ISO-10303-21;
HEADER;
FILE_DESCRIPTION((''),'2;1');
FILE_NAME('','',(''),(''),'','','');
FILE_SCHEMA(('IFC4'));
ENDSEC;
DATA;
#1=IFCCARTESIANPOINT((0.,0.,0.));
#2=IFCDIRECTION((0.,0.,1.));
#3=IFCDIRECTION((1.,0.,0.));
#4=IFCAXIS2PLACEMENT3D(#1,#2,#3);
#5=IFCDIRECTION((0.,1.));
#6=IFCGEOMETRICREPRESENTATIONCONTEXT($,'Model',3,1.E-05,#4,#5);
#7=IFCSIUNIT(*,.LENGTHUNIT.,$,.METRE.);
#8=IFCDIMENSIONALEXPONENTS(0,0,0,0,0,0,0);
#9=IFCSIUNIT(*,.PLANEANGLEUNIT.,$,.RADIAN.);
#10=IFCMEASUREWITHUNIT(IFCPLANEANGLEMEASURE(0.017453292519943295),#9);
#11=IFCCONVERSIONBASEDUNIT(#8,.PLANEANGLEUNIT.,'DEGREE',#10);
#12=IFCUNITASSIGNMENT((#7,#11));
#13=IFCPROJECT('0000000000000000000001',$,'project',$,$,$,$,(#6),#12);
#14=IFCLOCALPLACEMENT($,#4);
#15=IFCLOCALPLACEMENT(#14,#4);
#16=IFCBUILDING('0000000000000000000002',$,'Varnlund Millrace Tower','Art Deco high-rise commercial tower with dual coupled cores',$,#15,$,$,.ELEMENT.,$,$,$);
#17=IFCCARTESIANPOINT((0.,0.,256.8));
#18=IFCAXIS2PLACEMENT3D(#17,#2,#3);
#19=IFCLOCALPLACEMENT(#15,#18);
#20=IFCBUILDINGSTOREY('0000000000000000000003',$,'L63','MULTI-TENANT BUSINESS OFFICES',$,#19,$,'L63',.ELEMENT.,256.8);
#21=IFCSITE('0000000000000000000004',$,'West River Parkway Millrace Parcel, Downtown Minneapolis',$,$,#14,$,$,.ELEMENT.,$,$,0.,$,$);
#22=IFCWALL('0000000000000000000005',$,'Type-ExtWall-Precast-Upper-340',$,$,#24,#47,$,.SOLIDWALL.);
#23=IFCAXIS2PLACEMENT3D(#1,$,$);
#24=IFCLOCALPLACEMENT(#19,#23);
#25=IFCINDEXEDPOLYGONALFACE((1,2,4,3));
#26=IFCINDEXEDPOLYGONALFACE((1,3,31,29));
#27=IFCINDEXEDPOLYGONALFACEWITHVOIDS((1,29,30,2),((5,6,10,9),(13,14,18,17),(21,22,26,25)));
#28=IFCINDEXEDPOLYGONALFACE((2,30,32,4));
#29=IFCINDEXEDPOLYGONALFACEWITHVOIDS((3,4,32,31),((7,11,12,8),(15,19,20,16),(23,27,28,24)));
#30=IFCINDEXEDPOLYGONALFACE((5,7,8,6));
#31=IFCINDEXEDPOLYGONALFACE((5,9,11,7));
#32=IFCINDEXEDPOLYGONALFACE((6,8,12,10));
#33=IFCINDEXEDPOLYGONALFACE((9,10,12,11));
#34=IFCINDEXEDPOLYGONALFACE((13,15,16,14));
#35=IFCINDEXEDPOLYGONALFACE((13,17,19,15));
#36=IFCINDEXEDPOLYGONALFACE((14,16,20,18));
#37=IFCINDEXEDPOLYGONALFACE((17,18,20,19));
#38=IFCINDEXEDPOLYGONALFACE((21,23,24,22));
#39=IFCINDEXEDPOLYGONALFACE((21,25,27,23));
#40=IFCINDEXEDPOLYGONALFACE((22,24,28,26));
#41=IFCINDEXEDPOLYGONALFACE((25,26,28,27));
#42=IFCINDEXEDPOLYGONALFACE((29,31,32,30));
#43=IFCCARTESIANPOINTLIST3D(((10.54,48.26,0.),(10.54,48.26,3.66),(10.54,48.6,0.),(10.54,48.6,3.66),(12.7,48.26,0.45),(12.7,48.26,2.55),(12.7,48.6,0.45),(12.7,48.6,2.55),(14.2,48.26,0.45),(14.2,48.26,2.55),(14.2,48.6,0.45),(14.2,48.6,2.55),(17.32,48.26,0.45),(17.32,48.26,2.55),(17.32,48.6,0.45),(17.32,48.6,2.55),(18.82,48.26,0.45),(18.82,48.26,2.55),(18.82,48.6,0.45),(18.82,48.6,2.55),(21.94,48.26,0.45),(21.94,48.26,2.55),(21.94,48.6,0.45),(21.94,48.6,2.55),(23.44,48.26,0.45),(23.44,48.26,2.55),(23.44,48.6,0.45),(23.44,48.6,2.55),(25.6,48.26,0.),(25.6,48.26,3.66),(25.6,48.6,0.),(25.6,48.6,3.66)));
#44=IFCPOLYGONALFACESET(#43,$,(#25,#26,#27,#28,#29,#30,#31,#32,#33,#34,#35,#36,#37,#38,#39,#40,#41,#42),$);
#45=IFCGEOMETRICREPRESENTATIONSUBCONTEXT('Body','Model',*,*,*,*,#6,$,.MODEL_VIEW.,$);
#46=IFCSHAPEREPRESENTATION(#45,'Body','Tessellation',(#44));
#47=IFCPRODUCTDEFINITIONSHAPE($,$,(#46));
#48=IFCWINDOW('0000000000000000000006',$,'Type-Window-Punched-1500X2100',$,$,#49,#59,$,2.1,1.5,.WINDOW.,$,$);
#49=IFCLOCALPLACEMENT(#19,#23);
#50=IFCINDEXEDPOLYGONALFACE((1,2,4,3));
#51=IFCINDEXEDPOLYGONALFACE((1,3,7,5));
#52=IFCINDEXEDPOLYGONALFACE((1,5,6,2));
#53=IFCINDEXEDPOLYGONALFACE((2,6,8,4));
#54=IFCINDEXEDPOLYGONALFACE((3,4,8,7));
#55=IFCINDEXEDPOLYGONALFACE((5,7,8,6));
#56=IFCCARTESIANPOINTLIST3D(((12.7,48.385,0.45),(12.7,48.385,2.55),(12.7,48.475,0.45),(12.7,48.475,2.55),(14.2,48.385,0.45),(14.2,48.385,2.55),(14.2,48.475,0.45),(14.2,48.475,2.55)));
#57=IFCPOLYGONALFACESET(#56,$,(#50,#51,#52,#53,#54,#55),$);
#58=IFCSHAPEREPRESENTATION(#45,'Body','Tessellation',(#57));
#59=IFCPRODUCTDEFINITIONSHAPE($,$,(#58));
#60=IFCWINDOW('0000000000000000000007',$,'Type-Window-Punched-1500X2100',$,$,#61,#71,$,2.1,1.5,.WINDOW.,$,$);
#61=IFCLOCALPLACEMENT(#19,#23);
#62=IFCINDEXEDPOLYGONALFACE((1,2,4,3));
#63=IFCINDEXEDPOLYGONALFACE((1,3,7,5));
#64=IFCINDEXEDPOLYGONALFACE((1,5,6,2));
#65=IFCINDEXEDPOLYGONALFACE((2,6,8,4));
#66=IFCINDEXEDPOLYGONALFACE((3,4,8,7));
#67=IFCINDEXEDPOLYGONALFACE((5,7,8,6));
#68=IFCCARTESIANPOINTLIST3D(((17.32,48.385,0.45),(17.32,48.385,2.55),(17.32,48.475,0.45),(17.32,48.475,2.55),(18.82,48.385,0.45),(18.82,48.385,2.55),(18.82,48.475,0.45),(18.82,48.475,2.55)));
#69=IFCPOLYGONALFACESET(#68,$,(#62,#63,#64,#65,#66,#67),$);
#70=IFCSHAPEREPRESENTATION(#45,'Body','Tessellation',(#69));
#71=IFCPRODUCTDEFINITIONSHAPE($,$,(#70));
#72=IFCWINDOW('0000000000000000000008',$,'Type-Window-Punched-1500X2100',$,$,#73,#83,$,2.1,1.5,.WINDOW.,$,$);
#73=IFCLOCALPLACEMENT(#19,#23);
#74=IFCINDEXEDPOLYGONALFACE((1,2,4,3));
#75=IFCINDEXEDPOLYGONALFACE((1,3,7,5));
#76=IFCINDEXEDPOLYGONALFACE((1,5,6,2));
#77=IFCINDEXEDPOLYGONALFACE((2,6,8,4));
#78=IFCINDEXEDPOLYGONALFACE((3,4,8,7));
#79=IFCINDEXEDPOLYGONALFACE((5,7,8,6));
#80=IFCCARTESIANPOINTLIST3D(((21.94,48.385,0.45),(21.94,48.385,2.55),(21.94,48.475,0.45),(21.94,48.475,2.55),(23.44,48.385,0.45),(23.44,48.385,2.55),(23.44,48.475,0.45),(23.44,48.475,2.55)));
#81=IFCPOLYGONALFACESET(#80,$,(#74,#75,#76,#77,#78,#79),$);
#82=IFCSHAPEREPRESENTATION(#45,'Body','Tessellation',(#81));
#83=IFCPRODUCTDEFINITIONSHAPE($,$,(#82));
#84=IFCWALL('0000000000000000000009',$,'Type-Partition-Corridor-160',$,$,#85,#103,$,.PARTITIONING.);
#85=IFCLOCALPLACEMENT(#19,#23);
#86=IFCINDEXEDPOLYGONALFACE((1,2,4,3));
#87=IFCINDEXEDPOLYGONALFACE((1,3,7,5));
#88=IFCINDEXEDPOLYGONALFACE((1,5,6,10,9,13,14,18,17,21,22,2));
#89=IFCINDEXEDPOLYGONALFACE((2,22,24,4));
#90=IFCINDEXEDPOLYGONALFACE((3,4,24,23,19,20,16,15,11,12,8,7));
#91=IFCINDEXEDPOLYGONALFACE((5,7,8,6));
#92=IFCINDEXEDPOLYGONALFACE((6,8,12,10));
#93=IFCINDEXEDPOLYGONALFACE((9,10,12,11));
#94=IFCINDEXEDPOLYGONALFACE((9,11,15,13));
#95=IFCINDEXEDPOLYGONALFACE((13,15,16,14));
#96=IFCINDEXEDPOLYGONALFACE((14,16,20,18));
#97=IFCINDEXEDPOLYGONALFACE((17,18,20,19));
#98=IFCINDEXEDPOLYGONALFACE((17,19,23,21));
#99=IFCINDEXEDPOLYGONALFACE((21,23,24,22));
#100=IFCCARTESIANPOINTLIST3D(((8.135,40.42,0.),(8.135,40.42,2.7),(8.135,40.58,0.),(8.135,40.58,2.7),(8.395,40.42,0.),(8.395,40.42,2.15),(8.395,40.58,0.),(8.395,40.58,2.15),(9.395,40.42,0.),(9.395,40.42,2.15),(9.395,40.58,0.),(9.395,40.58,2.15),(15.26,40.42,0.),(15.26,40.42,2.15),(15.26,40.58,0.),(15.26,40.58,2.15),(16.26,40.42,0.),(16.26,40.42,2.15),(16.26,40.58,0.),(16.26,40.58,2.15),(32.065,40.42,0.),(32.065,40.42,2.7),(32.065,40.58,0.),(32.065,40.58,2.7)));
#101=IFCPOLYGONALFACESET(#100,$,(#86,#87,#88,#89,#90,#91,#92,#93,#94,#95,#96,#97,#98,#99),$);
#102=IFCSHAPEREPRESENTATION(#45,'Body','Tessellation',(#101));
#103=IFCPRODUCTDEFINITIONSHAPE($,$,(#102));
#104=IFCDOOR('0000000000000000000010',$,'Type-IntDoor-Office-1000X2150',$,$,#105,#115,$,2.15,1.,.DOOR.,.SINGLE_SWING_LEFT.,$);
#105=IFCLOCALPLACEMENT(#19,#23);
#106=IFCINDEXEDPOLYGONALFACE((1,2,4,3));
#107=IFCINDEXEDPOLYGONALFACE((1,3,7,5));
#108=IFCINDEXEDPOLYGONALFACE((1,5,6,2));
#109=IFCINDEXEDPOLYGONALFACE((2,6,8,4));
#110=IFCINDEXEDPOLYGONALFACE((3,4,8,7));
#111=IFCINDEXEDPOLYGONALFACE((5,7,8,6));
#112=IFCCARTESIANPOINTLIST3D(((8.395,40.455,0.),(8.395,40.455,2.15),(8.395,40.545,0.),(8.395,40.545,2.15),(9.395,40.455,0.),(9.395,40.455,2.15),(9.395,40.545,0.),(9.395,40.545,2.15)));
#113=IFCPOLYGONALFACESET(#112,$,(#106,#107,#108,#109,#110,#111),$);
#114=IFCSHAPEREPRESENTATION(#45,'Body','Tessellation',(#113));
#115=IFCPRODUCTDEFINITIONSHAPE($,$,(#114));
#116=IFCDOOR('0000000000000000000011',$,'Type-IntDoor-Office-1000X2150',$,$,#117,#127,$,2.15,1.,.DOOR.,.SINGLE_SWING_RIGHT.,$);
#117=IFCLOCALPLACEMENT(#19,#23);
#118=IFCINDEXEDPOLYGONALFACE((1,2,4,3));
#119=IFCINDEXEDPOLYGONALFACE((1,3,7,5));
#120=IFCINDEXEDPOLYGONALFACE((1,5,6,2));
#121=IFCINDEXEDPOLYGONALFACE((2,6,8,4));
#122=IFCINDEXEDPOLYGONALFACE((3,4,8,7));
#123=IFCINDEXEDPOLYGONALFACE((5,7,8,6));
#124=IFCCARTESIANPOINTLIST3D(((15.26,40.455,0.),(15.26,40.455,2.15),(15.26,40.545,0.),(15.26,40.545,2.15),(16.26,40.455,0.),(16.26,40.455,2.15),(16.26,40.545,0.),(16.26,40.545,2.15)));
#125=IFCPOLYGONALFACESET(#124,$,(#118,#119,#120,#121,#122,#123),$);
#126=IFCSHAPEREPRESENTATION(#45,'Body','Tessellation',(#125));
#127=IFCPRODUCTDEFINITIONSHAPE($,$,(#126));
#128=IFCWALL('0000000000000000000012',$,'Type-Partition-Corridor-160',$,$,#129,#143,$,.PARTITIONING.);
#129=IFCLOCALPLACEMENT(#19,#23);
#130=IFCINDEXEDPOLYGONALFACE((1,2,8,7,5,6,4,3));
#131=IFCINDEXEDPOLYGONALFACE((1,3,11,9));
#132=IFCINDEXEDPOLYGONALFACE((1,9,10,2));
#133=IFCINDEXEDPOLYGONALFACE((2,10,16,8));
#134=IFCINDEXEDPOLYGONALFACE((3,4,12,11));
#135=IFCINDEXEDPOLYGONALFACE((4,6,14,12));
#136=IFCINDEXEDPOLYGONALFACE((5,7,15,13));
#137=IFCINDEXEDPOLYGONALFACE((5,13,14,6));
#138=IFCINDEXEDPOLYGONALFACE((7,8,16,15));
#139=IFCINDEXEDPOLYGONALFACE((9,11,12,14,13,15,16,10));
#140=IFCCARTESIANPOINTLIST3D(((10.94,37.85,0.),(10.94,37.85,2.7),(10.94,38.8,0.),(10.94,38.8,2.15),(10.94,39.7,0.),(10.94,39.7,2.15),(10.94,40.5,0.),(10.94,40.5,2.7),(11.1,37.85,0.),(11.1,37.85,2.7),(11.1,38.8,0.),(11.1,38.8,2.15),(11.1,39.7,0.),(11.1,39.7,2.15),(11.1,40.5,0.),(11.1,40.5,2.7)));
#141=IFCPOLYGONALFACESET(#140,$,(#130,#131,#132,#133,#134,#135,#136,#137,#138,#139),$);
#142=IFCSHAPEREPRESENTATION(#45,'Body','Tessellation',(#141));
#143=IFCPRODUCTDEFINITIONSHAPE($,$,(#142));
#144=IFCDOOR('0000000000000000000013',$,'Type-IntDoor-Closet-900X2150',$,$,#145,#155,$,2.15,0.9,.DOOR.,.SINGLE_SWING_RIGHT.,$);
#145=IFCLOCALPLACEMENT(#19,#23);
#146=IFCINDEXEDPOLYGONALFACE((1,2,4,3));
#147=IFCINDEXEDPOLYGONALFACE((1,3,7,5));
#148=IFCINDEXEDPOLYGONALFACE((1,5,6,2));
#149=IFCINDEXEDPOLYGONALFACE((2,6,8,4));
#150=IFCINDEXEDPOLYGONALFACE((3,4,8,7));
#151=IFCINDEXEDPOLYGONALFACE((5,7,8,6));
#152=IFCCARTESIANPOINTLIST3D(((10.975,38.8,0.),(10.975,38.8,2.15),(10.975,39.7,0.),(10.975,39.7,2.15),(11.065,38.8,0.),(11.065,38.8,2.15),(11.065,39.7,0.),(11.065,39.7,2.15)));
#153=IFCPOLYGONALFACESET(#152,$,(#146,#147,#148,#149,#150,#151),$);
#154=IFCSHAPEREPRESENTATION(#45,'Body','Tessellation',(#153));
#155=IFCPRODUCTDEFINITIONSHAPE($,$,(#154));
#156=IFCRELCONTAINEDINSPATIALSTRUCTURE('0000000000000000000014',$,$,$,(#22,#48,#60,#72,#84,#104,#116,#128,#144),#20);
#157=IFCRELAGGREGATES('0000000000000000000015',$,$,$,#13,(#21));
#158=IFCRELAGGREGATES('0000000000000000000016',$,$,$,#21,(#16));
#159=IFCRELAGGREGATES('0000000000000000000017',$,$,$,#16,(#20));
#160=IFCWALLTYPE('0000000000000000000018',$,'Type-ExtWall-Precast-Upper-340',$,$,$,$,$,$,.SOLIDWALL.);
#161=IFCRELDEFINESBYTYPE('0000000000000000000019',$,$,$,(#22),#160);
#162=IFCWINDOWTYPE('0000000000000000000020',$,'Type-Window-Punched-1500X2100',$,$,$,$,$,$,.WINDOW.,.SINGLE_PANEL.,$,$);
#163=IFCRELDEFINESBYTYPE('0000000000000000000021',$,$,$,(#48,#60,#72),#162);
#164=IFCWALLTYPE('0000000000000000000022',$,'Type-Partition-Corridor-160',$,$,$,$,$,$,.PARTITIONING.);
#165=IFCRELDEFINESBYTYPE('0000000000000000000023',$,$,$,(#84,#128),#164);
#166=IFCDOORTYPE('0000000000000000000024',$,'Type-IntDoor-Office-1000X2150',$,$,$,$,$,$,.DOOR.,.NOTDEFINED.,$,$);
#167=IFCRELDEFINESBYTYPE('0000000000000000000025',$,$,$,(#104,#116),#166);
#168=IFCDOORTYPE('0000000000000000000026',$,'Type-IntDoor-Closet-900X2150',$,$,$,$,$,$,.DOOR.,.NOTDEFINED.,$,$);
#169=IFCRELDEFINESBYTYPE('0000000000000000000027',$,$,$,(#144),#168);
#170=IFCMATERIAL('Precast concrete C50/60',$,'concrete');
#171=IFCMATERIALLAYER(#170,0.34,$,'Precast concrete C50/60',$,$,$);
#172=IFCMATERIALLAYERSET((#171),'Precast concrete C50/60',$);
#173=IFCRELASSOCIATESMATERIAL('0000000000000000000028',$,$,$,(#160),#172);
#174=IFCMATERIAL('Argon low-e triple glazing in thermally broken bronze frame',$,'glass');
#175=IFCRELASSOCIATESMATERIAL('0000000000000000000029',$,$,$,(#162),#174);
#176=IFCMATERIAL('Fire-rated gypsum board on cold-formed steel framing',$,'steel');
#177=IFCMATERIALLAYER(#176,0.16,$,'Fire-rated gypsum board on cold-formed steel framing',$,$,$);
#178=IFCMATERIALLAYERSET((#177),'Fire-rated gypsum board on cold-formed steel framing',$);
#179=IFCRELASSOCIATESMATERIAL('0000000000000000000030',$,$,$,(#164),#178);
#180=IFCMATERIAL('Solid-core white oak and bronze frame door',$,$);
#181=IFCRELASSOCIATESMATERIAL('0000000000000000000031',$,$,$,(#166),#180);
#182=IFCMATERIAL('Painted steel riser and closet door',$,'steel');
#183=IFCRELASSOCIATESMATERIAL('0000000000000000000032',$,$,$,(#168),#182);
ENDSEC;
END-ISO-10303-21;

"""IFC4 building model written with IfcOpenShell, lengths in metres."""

from ifc_helpers import new_model, entity, si_unit, converted_unit, direction, frame, origin_with_axes, origin_2d_with_axis, place, context, subcontext, project, spatial, polyline, rectangle, outline, extrude, material, layer, layer_set, type_object, element, fill, save


model = new_model("IFC4")

# Units and contexts
model_context = context("Model", 3, precision=1e-05, world=origin_with_axes(), true_north=direction((0.0, 1.0)))
body_context = subcontext(model_context, "Body", "Model", "MODEL_VIEW")
ifc_project = project(units=[si_unit("LENGTHUNIT", "METRE"), converted_unit("PLANEANGLEUNIT", "DEGREE", entity("IfcPlaneAngleMeasure", 0.017453292519943295), si_unit("PLANEANGLEUNIT", "RADIAN"), dimensions=[0, 0, 0, 0, 0, 0, 0])], contexts=[model_context])

# Site, building, storey
site_placement = place(None, origin_with_axes())
site = spatial("IfcSite", under=ifc_project, at=site_placement, Name="West River Parkway Millrace Parcel, Downtown Minneapolis", CompositionType="ELEMENT", RefElevation=0.0)
building_placement = place(site_placement, origin_with_axes())
building = spatial("IfcBuilding", under=site, at=building_placement, Name="Varnlund Millrace Tower", Description="Art Deco high-rise commercial tower with dual coupled cores", CompositionType="ELEMENT")
storey_placement = place(building_placement, frame((0.0, 0.0, 256.8), z_axis=(0.0, 0.0, 1.0), x_axis=(1.0, 0.0, 0.0)))
storey = spatial("IfcBuildingStorey", under=building, at=storey_placement, Name="L63", Description="MULTI-TENANT BUSINESS OFFICES", LongName="L63", CompositionType="ELEMENT", Elevation=256.8)

# Shared definitions
ifc_material_1 = material(Name="Precast concrete C50/60", Category="concrete")
ifc_layer_1 = layer(ifc_material_1, 0.34, Name="Precast concrete C50/60")
ifc_layer_set_1 = layer_set([ifc_layer_1], Name="Precast concrete C50/60")
wall_type_1 = type_object("IfcWallType", Name="Type-ExtWall-Precast-Upper-340", PredefinedType="SOLIDWALL", material=ifc_layer_set_1)

# Wall, openings, windows
wall_1_placement = place(storey_placement, frame((10.54, 48.43, 0.0), z_axis=(0.0, 0.0, 1.0), x_axis=(1.0, 0.0, 0.0)))
wall_1 = element("IfcWall", 1, at=wall_1_placement, inside=storey, type_object=wall_type_1, Name="Type-ExtWall-Precast-Upper-340", PredefinedType="SOLIDWALL", context=body_context, shape_type="SweptSolid", body=[
    extrude(outline(polyline([(0.0, -0.17), (15.06, -0.17), (15.06, 0.17), (0.0, 0.17), (0.0, -0.17)])), origin_with_axes(), (0.0, 0.0, 1.0), 3.66),
])
opening_1_placement = place(wall_1_placement, frame((2.91, 0.0, 0.45), z_axis=(0.0, 0.0, 1.0), x_axis=(1.0, 0.0, 0.0)))
opening_1 = element("IfcOpeningElement", 2, at=opening_1_placement, cuts=wall_1, PredefinedType="OPENING", context=body_context, shape_type="SweptSolid", body=[
    extrude(rectangle(XDim=1.5, YDim=0.36, at=origin_2d_with_axis()), origin_with_axes(), (0.0, 0.0, 1.0), 2.1),
])
opening_2_placement = place(wall_1_placement, frame((7.53, 0.0, 0.45), z_axis=(0.0, 0.0, 1.0), x_axis=(1.0, 0.0, 0.0)))
opening_2 = element("IfcOpeningElement", 3, at=opening_2_placement, cuts=wall_1, PredefinedType="OPENING", context=body_context, shape_type="SweptSolid", body=[
    extrude(rectangle(XDim=1.5, YDim=0.36, at=origin_2d_with_axis()), origin_with_axes(), (0.0, 0.0, 1.0), 2.1),
])
opening_3_placement = place(wall_1_placement, frame((12.15, 0.0, 0.45), z_axis=(0.0, 0.0, 1.0), x_axis=(1.0, 0.0, 0.0)))
opening_3 = element("IfcOpeningElement", 4, at=opening_3_placement, cuts=wall_1, PredefinedType="OPENING", context=body_context, shape_type="SweptSolid", body=[
    extrude(rectangle(XDim=1.5, YDim=0.36, at=origin_2d_with_axis()), origin_with_axes(), (0.0, 0.0, 1.0), 2.1),
])
ifc_material_2 = material(Name="Argon low-e triple glazing in thermally broken bronze frame", Category="glass")
window_type = type_object("IfcWindowType", Name="Type-Window-Punched-1500X2100", PartitioningType="SINGLE_PANEL", PredefinedType="WINDOW", material=ifc_material_2)
window_1_placement = place(wall_1_placement, frame((2.91, 0.0, 0.45), z_axis=(0.0, 0.0, 1.0), x_axis=(1.0, 0.0, 0.0)))
window_1 = element("IfcWindow", 5, at=window_1_placement, inside=storey, type_object=window_type, Name="Type-Window-Punched-1500X2100", OverallHeight=2.1, OverallWidth=1.5, PredefinedType="WINDOW", context=body_context, shape_type="SweptSolid", body=[
    extrude(rectangle(XDim=1.5, YDim=0.09, at=origin_2d_with_axis()), origin_with_axes(), (0.0, 0.0, 1.0), 2.1),
])
fill(opening_1, window_1)
window_2_placement = place(wall_1_placement, frame((7.53, 0.0, 0.45), z_axis=(0.0, 0.0, 1.0), x_axis=(1.0, 0.0, 0.0)))
window_2 = element("IfcWindow", 6, at=window_2_placement, inside=storey, type_object=window_type, Name="Type-Window-Punched-1500X2100", OverallHeight=2.1, OverallWidth=1.5, PredefinedType="WINDOW", context=body_context, shape_type="SweptSolid", body=[
    extrude(rectangle(XDim=1.5, YDim=0.09, at=origin_2d_with_axis()), origin_with_axes(), (0.0, 0.0, 1.0), 2.1),
])
fill(opening_2, window_2)
window_3_placement = place(wall_1_placement, frame((12.15, 0.0, 0.45), z_axis=(0.0, 0.0, 1.0), x_axis=(1.0, 0.0, 0.0)))
window_3 = element("IfcWindow", 7, at=window_3_placement, inside=storey, type_object=window_type, Name="Type-Window-Punched-1500X2100", OverallHeight=2.1, OverallWidth=1.5, PredefinedType="WINDOW", context=body_context, shape_type="SweptSolid", body=[
    extrude(rectangle(XDim=1.5, YDim=0.09, at=origin_2d_with_axis()), origin_with_axes(), (0.0, 0.0, 1.0), 2.1),
])
fill(opening_3, window_3)

# Wall, openings, doors
ifc_material_3 = material(Name="Fire-rated gypsum board on cold-formed steel framing", Category="steel")
ifc_layer_2 = layer(ifc_material_3, 0.16, Name="Fire-rated gypsum board on cold-formed steel framing")
ifc_layer_set_2 = layer_set([ifc_layer_2], Name="Fire-rated gypsum board on cold-formed steel framing")
wall_type_2 = type_object("IfcWallType", Name="Type-Partition-Corridor-160", PredefinedType="PARTITIONING", material=ifc_layer_set_2)
wall_2_placement = place(storey_placement, frame((8.135, 40.5, 0.0), z_axis=(0.0, 0.0, 1.0), x_axis=(1.0, 0.0, 0.0)))
wall_2 = element("IfcWall", 8, at=wall_2_placement, inside=storey, type_object=wall_type_2, Name="Type-Partition-Corridor-160", PredefinedType="PARTITIONING", context=body_context, shape_type="SweptSolid", body=[
    extrude(outline(polyline([(0.0, -0.08), (23.93, -0.08), (23.93, 0.08), (0.0, 0.08), (0.0, -0.08)])), origin_with_axes(), (0.0, 0.0, 1.0), 2.7),
])
opening_4_placement = place(wall_2_placement, frame((0.76, 0.0, 0.0), z_axis=(0.0, 0.0, 1.0), x_axis=(1.0, 0.0, 0.0)))
opening_4 = element("IfcOpeningElement", 9, at=opening_4_placement, cuts=wall_2, PredefinedType="OPENING", context=body_context, shape_type="SweptSolid", body=[
    extrude(rectangle(XDim=1.0, YDim=0.18, at=origin_2d_with_axis()), origin_with_axes(), (0.0, 0.0, 1.0), 2.15),
])
opening_5_placement = place(wall_2_placement, frame((7.625, 0.0, 0.0), z_axis=(0.0, 0.0, 1.0), x_axis=(1.0, 0.0, 0.0)))
opening_5 = element("IfcOpeningElement", 10, at=opening_5_placement, cuts=wall_2, PredefinedType="OPENING", context=body_context, shape_type="SweptSolid", body=[
    extrude(rectangle(XDim=1.0, YDim=0.18, at=origin_2d_with_axis()), origin_with_axes(), (0.0, 0.0, 1.0), 2.15),
])
ifc_material_4 = material(Name="Solid-core white oak and bronze frame door")
door_type_1 = type_object("IfcDoorType", Name="Type-IntDoor-Office-1000X2150", OperationType="NOTDEFINED", PredefinedType="DOOR", material=ifc_material_4)
door_1_placement = place(wall_2_placement, frame((0.76, 0.0, 0.0), z_axis=(0.0, 0.0, 1.0), x_axis=(1.0, 0.0, 0.0)))
door_1 = element("IfcDoor", 11, at=door_1_placement, inside=storey, type_object=door_type_1, Name="Type-IntDoor-Office-1000X2150", OperationType="SINGLE_SWING_LEFT", OverallHeight=2.15, OverallWidth=1.0, PredefinedType="DOOR", context=body_context, shape_type="SweptSolid", body=[
    extrude(rectangle(XDim=1.0, YDim=0.09, at=origin_2d_with_axis()), origin_with_axes(), (0.0, 0.0, 1.0), 2.15),
])
fill(opening_4, door_1)
door_2_placement = place(wall_2_placement, frame((7.625, 0.0, 0.0), z_axis=(0.0, 0.0, 1.0), x_axis=(1.0, 0.0, 0.0)))
door_2 = element("IfcDoor", 12, at=door_2_placement, inside=storey, type_object=door_type_1, Name="Type-IntDoor-Office-1000X2150", OperationType="SINGLE_SWING_RIGHT", OverallHeight=2.15, OverallWidth=1.0, PredefinedType="DOOR", context=body_context, shape_type="SweptSolid", body=[
    extrude(rectangle(XDim=1.0, YDim=0.09, at=origin_2d_with_axis()), origin_with_axes(), (0.0, 0.0, 1.0), 2.15),
])
fill(opening_5, door_2)

# Wall, opening, door
wall_3_placement = place(storey_placement, frame((11.02, 37.85, 0.0), z_axis=(0.0, 0.0, 1.0), x_axis=(0.0, 1.0, 0.0)))
wall_3 = element("IfcWall", 13, at=wall_3_placement, inside=storey, type_object=wall_type_2, Name="Type-Partition-Corridor-160", PredefinedType="PARTITIONING", context=body_context, shape_type="SweptSolid", body=[
    extrude(outline(polyline([(0.0, -0.08), (2.65, -0.08), (2.65, 0.08), (0.0, 0.08), (0.0, -0.08)])), origin_with_axes(), (0.0, 0.0, 1.0), 2.7),
])
opening_6_placement = place(wall_3_placement, frame((1.4, 0.0, 0.0), z_axis=(0.0, 0.0, 1.0), x_axis=(1.0, 0.0, 0.0)))
opening_6 = element("IfcOpeningElement", 14, at=opening_6_placement, cuts=wall_3, PredefinedType="OPENING", context=body_context, shape_type="SweptSolid", body=[
    extrude(rectangle(XDim=0.9, YDim=0.18, at=origin_2d_with_axis()), origin_with_axes(), (0.0, 0.0, 1.0), 2.15),
])
ifc_material_5 = material(Name="Painted steel riser and closet door", Category="steel")
door_type_2 = type_object("IfcDoorType", Name="Type-IntDoor-Closet-900X2150", OperationType="NOTDEFINED", PredefinedType="DOOR", material=ifc_material_5)
door_3_placement = place(wall_3_placement, frame((1.4, 0.0, 0.0), z_axis=(0.0, 0.0, 1.0), x_axis=(1.0, 0.0, 0.0)))
door_3 = element("IfcDoor", 15, at=door_3_placement, inside=storey, type_object=door_type_2, Name="Type-IntDoor-Closet-900X2150", OperationType="SINGLE_SWING_RIGHT", OverallHeight=2.15, OverallWidth=0.9, PredefinedType="DOOR", context=body_context, shape_type="SweptSolid", body=[
    extrude(rectangle(XDim=0.9, YDim=0.09, at=origin_2d_with_axis()), origin_with_axes(), (0.0, 0.0, 1.0), 2.15),
])
fill(opening_6, door_3)

save(model, "model.ifc")
